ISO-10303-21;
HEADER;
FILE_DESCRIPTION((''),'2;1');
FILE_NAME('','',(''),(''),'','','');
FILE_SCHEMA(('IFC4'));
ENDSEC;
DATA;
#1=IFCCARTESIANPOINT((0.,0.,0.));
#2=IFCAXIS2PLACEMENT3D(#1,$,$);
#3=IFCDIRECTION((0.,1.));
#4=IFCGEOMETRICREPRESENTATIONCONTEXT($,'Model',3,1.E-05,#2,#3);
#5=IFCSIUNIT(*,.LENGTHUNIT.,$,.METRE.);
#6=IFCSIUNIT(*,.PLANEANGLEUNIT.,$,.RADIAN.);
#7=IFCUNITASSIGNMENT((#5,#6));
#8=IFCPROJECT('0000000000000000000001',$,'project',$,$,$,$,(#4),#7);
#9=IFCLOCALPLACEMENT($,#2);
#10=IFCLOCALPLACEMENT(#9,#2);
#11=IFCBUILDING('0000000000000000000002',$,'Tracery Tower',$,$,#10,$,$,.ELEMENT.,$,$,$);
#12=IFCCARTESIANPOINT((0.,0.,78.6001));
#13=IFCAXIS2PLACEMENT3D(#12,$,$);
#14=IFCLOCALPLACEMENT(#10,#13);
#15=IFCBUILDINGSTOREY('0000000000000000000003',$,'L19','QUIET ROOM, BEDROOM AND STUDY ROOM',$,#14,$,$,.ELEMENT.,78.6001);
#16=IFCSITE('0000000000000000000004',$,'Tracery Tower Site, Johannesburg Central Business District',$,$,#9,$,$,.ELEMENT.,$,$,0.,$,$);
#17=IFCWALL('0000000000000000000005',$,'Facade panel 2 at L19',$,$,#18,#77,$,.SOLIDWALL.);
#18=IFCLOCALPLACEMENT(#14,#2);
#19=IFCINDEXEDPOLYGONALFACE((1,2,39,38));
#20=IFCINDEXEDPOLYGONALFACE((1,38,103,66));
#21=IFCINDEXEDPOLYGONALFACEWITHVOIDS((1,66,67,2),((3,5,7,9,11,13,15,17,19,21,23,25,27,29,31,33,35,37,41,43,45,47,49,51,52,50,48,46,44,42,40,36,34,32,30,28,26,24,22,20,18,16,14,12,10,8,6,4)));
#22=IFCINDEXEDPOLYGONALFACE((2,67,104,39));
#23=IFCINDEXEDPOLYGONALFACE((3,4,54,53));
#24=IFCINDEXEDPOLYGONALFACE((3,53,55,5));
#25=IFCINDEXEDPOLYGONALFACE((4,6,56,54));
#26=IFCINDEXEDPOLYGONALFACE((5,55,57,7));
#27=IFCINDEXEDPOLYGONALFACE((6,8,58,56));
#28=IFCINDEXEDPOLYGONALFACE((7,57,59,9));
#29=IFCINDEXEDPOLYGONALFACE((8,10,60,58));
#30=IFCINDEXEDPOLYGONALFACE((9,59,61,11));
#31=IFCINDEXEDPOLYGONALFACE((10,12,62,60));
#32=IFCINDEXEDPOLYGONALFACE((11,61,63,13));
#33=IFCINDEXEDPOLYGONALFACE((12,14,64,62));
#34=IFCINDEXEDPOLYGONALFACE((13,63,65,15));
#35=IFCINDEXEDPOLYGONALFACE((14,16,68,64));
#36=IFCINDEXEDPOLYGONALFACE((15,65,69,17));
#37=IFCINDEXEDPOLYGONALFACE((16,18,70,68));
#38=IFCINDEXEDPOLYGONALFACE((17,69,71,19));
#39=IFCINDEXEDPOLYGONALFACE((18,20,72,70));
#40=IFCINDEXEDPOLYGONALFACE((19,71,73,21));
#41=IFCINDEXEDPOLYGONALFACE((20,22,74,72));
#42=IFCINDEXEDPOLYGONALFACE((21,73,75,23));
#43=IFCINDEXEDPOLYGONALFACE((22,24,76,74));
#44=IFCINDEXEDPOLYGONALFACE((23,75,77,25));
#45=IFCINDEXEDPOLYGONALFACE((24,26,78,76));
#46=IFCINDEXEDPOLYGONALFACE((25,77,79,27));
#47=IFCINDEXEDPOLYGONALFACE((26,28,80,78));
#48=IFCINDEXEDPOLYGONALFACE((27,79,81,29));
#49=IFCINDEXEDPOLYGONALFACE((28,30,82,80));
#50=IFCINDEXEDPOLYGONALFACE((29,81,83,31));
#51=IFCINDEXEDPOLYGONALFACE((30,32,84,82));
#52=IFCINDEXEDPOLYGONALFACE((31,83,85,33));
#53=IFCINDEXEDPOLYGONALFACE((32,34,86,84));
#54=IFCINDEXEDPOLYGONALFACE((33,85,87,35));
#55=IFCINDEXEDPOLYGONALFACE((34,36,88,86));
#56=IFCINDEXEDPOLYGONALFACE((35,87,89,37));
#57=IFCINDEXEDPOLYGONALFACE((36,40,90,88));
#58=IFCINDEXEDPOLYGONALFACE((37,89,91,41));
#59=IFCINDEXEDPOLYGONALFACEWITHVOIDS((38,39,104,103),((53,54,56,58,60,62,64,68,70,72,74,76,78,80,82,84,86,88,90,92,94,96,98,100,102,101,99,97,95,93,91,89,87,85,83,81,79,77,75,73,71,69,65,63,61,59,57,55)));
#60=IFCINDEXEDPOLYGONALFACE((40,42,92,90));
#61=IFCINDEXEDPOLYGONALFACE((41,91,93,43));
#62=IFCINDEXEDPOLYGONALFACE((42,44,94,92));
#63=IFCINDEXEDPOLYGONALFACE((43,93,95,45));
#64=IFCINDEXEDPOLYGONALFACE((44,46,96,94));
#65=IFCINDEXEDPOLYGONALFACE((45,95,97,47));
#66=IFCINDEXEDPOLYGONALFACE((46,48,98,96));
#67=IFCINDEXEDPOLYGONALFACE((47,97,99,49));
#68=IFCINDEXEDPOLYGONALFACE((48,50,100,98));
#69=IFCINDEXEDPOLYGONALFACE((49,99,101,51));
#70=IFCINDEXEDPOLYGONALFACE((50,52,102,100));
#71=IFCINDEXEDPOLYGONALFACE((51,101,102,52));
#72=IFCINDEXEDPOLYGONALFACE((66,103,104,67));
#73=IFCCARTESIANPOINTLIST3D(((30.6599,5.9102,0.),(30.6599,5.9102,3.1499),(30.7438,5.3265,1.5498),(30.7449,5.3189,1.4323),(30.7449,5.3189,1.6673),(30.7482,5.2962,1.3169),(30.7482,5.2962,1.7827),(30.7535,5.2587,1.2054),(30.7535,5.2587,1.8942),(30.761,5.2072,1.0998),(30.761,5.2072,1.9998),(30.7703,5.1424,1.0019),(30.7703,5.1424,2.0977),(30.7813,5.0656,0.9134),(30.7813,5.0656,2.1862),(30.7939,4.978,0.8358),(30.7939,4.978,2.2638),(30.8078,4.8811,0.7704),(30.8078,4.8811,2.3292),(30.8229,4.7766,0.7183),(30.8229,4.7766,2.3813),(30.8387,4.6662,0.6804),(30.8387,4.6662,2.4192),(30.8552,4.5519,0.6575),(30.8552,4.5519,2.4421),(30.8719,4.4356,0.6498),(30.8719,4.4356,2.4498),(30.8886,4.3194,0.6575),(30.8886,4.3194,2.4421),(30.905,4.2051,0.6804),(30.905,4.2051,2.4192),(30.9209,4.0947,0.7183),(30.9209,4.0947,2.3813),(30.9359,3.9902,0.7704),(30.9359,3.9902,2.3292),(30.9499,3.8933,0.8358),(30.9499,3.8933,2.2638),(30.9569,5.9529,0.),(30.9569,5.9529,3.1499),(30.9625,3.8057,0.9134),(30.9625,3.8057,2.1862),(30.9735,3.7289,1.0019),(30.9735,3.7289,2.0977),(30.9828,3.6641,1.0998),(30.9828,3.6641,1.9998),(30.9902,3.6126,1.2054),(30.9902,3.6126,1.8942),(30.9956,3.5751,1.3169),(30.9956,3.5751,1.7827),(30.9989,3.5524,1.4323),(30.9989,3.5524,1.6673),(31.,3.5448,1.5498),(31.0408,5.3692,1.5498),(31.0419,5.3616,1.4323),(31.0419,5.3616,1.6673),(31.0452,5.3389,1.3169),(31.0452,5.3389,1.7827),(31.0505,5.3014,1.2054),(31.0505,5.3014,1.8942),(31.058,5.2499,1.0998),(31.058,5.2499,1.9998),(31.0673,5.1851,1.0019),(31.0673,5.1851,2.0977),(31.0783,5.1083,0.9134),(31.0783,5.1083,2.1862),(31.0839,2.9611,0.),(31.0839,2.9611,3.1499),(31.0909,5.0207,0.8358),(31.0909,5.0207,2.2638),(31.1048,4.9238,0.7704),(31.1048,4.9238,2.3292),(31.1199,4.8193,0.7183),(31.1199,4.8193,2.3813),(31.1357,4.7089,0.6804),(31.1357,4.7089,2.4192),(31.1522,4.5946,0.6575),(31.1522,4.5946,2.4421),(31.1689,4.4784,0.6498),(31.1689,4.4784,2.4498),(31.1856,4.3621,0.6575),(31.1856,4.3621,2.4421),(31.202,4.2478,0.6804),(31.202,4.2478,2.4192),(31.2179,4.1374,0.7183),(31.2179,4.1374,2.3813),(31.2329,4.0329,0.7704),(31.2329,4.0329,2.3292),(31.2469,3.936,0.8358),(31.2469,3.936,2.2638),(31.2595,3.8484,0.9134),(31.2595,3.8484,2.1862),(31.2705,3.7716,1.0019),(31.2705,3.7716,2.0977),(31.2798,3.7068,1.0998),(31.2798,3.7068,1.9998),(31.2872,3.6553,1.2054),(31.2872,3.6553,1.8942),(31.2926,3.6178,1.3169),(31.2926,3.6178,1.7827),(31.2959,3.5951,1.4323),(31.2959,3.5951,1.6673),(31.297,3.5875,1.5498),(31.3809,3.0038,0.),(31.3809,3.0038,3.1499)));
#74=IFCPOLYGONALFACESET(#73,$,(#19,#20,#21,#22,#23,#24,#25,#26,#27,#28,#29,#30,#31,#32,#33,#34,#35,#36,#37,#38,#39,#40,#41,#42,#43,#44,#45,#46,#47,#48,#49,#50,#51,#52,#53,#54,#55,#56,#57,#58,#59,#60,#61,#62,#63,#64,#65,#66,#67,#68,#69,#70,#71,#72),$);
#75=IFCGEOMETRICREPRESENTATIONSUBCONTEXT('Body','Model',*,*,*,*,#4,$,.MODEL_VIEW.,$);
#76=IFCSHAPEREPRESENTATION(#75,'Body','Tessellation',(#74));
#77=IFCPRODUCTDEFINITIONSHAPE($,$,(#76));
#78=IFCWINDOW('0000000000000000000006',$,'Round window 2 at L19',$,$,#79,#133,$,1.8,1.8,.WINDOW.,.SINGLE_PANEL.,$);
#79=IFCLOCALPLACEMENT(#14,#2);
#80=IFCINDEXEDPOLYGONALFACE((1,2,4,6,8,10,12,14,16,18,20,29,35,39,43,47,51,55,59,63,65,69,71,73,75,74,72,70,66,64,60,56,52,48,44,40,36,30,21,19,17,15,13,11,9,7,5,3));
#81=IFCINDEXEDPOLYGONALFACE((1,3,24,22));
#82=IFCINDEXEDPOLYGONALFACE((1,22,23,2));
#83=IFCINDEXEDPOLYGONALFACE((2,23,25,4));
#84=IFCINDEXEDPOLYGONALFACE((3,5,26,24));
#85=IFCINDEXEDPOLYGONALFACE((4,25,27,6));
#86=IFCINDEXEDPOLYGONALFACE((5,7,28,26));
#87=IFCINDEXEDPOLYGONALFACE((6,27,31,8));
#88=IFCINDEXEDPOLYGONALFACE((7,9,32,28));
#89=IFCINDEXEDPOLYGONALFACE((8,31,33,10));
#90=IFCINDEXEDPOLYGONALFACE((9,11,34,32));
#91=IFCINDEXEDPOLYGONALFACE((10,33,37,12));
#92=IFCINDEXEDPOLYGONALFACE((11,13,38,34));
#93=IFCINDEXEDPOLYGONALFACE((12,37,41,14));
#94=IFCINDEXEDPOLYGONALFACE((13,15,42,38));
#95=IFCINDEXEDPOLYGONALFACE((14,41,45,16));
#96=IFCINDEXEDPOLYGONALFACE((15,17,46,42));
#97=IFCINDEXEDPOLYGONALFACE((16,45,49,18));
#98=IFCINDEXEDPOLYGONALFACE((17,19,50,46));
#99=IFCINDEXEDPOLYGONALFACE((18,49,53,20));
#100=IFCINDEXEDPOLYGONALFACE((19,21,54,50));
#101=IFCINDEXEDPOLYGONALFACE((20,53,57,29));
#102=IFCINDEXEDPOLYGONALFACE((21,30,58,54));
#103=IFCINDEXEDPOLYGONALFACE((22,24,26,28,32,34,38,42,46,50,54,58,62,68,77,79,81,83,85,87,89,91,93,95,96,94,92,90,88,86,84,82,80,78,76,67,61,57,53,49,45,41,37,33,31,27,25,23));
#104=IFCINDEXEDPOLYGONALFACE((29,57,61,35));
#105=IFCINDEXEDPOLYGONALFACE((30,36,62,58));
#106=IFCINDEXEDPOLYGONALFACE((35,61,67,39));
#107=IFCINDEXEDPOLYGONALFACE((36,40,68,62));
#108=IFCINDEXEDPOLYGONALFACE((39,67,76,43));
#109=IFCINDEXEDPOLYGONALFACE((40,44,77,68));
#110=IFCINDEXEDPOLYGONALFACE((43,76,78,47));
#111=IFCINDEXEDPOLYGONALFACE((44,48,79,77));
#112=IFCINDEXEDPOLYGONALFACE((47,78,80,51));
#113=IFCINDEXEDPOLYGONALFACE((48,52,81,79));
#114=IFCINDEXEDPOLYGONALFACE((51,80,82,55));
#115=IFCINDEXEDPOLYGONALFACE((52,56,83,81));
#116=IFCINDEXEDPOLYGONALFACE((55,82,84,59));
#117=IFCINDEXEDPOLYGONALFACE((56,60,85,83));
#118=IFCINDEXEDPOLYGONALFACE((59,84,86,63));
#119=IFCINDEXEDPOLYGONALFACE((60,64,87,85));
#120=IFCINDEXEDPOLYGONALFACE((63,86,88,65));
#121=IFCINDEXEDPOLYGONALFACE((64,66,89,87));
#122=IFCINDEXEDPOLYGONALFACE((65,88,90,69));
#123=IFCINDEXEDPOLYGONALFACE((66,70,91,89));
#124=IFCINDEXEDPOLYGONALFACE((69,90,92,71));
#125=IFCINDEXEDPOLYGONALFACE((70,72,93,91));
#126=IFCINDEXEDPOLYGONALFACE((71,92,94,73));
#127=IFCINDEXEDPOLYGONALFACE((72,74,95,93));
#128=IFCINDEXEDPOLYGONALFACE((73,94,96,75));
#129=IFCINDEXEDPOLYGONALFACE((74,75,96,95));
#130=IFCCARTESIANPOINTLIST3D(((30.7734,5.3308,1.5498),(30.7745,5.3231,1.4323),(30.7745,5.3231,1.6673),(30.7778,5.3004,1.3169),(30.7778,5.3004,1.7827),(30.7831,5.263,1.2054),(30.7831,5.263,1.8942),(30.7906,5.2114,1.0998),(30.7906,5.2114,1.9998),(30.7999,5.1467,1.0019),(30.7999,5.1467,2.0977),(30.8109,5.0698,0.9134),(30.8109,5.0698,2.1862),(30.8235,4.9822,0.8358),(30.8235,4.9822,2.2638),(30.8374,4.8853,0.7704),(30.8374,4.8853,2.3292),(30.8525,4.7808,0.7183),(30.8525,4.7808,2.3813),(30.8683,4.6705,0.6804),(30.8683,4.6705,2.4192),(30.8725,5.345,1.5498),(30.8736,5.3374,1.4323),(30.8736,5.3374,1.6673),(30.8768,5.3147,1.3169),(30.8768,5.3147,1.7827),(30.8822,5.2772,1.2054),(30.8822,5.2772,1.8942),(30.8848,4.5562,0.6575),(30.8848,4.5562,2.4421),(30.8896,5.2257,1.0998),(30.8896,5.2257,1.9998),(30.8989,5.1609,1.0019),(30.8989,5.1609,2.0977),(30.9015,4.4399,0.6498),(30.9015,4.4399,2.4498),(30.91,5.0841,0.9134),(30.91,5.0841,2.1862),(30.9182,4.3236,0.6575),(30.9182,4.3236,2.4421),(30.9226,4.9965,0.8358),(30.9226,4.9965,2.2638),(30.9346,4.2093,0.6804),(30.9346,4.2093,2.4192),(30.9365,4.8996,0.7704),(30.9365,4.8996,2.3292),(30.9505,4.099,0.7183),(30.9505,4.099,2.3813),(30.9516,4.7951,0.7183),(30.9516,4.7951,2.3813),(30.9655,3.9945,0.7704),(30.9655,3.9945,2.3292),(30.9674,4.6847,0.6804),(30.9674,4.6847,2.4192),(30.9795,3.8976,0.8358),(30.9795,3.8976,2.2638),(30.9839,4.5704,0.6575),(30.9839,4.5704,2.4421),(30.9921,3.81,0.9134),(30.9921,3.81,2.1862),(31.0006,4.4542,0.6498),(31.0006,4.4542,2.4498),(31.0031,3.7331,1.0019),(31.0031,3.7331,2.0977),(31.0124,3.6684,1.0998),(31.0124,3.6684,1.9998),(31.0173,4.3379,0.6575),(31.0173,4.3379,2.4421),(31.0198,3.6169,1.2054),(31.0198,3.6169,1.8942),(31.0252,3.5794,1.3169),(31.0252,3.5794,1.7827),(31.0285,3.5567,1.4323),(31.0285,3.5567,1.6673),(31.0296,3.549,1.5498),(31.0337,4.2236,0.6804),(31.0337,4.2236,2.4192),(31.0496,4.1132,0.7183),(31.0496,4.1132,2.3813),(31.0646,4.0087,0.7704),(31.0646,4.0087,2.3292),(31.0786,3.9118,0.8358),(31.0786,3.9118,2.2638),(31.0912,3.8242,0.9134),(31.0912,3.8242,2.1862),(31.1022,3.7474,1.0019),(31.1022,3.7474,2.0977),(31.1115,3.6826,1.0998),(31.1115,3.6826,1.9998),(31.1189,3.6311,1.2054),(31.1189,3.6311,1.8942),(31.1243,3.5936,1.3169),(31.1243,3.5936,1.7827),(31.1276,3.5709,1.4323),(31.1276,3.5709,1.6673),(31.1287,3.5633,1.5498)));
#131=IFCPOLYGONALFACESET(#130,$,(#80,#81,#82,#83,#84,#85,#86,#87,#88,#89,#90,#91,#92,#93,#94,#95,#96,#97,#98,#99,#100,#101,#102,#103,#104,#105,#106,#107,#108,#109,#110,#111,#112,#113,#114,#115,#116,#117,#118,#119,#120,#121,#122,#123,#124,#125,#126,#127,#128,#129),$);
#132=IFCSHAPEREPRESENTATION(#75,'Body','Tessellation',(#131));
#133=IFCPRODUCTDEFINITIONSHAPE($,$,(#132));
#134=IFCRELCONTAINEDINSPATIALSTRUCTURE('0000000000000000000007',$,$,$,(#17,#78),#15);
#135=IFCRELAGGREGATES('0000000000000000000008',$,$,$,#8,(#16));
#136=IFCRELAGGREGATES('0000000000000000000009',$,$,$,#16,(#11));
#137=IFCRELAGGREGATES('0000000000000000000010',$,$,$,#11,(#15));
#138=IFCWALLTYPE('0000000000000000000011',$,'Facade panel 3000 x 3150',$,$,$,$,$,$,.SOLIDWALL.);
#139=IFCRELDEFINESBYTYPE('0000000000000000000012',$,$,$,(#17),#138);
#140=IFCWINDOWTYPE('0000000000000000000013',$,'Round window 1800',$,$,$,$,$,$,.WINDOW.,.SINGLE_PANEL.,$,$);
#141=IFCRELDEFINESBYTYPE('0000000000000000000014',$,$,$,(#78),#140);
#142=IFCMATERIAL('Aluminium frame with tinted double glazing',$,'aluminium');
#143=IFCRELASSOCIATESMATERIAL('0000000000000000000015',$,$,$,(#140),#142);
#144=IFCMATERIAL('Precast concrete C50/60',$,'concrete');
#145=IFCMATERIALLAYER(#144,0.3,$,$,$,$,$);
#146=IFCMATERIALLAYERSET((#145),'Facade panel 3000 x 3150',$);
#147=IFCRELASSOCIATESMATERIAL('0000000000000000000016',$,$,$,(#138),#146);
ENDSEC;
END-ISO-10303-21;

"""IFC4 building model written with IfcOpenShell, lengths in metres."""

from ifc_helpers import new_model, si_unit, direction, frame, frame_2d, origin, origin_2d, place, context, subcontext, project, spatial, rectangle, circle, extrude, material, layer, layer_set, type_object, element, fill, save


model = new_model("IFC4")

# Units and contexts
model_context = context("Model", 3, precision=1e-05, world=origin(), true_north=direction((0.0, 1.0)))
body_context = subcontext(model_context, "Body", "Model", "MODEL_VIEW")
ifc_project = project(units=[si_unit("LENGTHUNIT", "METRE"), si_unit("PLANEANGLEUNIT", "RADIAN")], contexts=[model_context])

# Site, building, storey
site_placement = place(None, origin())
site = spatial("IfcSite", under=ifc_project, at=site_placement, Name="Tracery Tower Site, Johannesburg Central Business District", CompositionType="ELEMENT", RefElevation=0.0)
building_placement = place(site_placement, origin())
building = spatial("IfcBuilding", under=site, at=building_placement, Name="Tracery Tower", CompositionType="ELEMENT")
storey_placement = place(building_placement, frame((0.0, 0.0, 78.6001)))
storey = spatial("IfcBuildingStorey", under=building, at=storey_placement, Name="L19", Description="QUIET ROOM, BEDROOM AND STUDY ROOM", CompositionType="ELEMENT", Elevation=78.6001)

# Wall, opening, window
ifc_material_1 = material(Name="Aluminium frame with tinted double glazing", Category="aluminium")
window_type = type_object("IfcWindowType", Name="Round window 1800", PartitioningType="SINGLE_PANEL", PredefinedType="WINDOW", material=ifc_material_1)
ifc_material_2 = material(Name="Precast concrete C50/60", Category="concrete")
ifc_layer_1 = layer(ifc_material_2, 0.3)
ifc_layer_set_1 = layer_set([ifc_layer_1], Name="Facade panel 3000 x 3150")
wall_type_1 = type_object("IfcWallType", Name="Facade panel 3000 x 3150", PredefinedType="SOLIDWALL", material=ifc_layer_set_1)
wall_1_placement = place(storey_placement, frame((31.2324, 2.9824, 0.0), z_axis=(0.0, 0.0, 1.0), x_axis=(-0.142328, 0.98982, 0.0)))
wall_1 = element("IfcWall", 1, at=wall_1_placement, inside=storey, type_object=wall_type_1, Name="Facade panel 2 at L19", PredefinedType="SOLIDWALL", context=body_context, shape_type="SweptSolid", body=[
    extrude(rectangle(XDim=2.9795, YDim=0.3, at=frame_2d((1.4897, 0.0))), origin(), (0.0, 0.0, 1.0), 3.1499),
])
opening_1_placement = place(wall_1_placement, frame((1.4897, 0.0, 1.5498)))
opening_1 = element("IfcOpeningElement", 2, at=opening_1_placement, cuts=wall_1, PredefinedType="OPENING", context=body_context, shape_type="SweptSolid", body=[
    extrude(circle(Radius=0.9, at=origin_2d()), frame((0.0, 0.1599, 0.0), z_axis=(0.0, -1.0, 0.0), x_axis=(1.0, 0.0, 0.0)), (0.0, 0.0, 1.0), 0.3201),
])
window_1_placement = place(opening_1_placement, origin())
window_1 = element("IfcWindow", 3, at=window_1_placement, inside=storey, type_object=window_type, Name="Round window 2 at L19", OverallHeight=1.8, OverallWidth=1.8, PartitioningType="SINGLE_PANEL", PredefinedType="WINDOW", context=body_context, shape_type="SweptSolid", body=[
    extrude(circle(Radius=0.9, at=origin_2d()), frame((0.0, 0.1201, 0.0), z_axis=(0.0, -1.0, 0.0), x_axis=(1.0, 0.0, 0.0)), (0.0, 0.0, 1.0), 0.1001),
])
fill(opening_1, window_1)

save(model, "model.ifc")
